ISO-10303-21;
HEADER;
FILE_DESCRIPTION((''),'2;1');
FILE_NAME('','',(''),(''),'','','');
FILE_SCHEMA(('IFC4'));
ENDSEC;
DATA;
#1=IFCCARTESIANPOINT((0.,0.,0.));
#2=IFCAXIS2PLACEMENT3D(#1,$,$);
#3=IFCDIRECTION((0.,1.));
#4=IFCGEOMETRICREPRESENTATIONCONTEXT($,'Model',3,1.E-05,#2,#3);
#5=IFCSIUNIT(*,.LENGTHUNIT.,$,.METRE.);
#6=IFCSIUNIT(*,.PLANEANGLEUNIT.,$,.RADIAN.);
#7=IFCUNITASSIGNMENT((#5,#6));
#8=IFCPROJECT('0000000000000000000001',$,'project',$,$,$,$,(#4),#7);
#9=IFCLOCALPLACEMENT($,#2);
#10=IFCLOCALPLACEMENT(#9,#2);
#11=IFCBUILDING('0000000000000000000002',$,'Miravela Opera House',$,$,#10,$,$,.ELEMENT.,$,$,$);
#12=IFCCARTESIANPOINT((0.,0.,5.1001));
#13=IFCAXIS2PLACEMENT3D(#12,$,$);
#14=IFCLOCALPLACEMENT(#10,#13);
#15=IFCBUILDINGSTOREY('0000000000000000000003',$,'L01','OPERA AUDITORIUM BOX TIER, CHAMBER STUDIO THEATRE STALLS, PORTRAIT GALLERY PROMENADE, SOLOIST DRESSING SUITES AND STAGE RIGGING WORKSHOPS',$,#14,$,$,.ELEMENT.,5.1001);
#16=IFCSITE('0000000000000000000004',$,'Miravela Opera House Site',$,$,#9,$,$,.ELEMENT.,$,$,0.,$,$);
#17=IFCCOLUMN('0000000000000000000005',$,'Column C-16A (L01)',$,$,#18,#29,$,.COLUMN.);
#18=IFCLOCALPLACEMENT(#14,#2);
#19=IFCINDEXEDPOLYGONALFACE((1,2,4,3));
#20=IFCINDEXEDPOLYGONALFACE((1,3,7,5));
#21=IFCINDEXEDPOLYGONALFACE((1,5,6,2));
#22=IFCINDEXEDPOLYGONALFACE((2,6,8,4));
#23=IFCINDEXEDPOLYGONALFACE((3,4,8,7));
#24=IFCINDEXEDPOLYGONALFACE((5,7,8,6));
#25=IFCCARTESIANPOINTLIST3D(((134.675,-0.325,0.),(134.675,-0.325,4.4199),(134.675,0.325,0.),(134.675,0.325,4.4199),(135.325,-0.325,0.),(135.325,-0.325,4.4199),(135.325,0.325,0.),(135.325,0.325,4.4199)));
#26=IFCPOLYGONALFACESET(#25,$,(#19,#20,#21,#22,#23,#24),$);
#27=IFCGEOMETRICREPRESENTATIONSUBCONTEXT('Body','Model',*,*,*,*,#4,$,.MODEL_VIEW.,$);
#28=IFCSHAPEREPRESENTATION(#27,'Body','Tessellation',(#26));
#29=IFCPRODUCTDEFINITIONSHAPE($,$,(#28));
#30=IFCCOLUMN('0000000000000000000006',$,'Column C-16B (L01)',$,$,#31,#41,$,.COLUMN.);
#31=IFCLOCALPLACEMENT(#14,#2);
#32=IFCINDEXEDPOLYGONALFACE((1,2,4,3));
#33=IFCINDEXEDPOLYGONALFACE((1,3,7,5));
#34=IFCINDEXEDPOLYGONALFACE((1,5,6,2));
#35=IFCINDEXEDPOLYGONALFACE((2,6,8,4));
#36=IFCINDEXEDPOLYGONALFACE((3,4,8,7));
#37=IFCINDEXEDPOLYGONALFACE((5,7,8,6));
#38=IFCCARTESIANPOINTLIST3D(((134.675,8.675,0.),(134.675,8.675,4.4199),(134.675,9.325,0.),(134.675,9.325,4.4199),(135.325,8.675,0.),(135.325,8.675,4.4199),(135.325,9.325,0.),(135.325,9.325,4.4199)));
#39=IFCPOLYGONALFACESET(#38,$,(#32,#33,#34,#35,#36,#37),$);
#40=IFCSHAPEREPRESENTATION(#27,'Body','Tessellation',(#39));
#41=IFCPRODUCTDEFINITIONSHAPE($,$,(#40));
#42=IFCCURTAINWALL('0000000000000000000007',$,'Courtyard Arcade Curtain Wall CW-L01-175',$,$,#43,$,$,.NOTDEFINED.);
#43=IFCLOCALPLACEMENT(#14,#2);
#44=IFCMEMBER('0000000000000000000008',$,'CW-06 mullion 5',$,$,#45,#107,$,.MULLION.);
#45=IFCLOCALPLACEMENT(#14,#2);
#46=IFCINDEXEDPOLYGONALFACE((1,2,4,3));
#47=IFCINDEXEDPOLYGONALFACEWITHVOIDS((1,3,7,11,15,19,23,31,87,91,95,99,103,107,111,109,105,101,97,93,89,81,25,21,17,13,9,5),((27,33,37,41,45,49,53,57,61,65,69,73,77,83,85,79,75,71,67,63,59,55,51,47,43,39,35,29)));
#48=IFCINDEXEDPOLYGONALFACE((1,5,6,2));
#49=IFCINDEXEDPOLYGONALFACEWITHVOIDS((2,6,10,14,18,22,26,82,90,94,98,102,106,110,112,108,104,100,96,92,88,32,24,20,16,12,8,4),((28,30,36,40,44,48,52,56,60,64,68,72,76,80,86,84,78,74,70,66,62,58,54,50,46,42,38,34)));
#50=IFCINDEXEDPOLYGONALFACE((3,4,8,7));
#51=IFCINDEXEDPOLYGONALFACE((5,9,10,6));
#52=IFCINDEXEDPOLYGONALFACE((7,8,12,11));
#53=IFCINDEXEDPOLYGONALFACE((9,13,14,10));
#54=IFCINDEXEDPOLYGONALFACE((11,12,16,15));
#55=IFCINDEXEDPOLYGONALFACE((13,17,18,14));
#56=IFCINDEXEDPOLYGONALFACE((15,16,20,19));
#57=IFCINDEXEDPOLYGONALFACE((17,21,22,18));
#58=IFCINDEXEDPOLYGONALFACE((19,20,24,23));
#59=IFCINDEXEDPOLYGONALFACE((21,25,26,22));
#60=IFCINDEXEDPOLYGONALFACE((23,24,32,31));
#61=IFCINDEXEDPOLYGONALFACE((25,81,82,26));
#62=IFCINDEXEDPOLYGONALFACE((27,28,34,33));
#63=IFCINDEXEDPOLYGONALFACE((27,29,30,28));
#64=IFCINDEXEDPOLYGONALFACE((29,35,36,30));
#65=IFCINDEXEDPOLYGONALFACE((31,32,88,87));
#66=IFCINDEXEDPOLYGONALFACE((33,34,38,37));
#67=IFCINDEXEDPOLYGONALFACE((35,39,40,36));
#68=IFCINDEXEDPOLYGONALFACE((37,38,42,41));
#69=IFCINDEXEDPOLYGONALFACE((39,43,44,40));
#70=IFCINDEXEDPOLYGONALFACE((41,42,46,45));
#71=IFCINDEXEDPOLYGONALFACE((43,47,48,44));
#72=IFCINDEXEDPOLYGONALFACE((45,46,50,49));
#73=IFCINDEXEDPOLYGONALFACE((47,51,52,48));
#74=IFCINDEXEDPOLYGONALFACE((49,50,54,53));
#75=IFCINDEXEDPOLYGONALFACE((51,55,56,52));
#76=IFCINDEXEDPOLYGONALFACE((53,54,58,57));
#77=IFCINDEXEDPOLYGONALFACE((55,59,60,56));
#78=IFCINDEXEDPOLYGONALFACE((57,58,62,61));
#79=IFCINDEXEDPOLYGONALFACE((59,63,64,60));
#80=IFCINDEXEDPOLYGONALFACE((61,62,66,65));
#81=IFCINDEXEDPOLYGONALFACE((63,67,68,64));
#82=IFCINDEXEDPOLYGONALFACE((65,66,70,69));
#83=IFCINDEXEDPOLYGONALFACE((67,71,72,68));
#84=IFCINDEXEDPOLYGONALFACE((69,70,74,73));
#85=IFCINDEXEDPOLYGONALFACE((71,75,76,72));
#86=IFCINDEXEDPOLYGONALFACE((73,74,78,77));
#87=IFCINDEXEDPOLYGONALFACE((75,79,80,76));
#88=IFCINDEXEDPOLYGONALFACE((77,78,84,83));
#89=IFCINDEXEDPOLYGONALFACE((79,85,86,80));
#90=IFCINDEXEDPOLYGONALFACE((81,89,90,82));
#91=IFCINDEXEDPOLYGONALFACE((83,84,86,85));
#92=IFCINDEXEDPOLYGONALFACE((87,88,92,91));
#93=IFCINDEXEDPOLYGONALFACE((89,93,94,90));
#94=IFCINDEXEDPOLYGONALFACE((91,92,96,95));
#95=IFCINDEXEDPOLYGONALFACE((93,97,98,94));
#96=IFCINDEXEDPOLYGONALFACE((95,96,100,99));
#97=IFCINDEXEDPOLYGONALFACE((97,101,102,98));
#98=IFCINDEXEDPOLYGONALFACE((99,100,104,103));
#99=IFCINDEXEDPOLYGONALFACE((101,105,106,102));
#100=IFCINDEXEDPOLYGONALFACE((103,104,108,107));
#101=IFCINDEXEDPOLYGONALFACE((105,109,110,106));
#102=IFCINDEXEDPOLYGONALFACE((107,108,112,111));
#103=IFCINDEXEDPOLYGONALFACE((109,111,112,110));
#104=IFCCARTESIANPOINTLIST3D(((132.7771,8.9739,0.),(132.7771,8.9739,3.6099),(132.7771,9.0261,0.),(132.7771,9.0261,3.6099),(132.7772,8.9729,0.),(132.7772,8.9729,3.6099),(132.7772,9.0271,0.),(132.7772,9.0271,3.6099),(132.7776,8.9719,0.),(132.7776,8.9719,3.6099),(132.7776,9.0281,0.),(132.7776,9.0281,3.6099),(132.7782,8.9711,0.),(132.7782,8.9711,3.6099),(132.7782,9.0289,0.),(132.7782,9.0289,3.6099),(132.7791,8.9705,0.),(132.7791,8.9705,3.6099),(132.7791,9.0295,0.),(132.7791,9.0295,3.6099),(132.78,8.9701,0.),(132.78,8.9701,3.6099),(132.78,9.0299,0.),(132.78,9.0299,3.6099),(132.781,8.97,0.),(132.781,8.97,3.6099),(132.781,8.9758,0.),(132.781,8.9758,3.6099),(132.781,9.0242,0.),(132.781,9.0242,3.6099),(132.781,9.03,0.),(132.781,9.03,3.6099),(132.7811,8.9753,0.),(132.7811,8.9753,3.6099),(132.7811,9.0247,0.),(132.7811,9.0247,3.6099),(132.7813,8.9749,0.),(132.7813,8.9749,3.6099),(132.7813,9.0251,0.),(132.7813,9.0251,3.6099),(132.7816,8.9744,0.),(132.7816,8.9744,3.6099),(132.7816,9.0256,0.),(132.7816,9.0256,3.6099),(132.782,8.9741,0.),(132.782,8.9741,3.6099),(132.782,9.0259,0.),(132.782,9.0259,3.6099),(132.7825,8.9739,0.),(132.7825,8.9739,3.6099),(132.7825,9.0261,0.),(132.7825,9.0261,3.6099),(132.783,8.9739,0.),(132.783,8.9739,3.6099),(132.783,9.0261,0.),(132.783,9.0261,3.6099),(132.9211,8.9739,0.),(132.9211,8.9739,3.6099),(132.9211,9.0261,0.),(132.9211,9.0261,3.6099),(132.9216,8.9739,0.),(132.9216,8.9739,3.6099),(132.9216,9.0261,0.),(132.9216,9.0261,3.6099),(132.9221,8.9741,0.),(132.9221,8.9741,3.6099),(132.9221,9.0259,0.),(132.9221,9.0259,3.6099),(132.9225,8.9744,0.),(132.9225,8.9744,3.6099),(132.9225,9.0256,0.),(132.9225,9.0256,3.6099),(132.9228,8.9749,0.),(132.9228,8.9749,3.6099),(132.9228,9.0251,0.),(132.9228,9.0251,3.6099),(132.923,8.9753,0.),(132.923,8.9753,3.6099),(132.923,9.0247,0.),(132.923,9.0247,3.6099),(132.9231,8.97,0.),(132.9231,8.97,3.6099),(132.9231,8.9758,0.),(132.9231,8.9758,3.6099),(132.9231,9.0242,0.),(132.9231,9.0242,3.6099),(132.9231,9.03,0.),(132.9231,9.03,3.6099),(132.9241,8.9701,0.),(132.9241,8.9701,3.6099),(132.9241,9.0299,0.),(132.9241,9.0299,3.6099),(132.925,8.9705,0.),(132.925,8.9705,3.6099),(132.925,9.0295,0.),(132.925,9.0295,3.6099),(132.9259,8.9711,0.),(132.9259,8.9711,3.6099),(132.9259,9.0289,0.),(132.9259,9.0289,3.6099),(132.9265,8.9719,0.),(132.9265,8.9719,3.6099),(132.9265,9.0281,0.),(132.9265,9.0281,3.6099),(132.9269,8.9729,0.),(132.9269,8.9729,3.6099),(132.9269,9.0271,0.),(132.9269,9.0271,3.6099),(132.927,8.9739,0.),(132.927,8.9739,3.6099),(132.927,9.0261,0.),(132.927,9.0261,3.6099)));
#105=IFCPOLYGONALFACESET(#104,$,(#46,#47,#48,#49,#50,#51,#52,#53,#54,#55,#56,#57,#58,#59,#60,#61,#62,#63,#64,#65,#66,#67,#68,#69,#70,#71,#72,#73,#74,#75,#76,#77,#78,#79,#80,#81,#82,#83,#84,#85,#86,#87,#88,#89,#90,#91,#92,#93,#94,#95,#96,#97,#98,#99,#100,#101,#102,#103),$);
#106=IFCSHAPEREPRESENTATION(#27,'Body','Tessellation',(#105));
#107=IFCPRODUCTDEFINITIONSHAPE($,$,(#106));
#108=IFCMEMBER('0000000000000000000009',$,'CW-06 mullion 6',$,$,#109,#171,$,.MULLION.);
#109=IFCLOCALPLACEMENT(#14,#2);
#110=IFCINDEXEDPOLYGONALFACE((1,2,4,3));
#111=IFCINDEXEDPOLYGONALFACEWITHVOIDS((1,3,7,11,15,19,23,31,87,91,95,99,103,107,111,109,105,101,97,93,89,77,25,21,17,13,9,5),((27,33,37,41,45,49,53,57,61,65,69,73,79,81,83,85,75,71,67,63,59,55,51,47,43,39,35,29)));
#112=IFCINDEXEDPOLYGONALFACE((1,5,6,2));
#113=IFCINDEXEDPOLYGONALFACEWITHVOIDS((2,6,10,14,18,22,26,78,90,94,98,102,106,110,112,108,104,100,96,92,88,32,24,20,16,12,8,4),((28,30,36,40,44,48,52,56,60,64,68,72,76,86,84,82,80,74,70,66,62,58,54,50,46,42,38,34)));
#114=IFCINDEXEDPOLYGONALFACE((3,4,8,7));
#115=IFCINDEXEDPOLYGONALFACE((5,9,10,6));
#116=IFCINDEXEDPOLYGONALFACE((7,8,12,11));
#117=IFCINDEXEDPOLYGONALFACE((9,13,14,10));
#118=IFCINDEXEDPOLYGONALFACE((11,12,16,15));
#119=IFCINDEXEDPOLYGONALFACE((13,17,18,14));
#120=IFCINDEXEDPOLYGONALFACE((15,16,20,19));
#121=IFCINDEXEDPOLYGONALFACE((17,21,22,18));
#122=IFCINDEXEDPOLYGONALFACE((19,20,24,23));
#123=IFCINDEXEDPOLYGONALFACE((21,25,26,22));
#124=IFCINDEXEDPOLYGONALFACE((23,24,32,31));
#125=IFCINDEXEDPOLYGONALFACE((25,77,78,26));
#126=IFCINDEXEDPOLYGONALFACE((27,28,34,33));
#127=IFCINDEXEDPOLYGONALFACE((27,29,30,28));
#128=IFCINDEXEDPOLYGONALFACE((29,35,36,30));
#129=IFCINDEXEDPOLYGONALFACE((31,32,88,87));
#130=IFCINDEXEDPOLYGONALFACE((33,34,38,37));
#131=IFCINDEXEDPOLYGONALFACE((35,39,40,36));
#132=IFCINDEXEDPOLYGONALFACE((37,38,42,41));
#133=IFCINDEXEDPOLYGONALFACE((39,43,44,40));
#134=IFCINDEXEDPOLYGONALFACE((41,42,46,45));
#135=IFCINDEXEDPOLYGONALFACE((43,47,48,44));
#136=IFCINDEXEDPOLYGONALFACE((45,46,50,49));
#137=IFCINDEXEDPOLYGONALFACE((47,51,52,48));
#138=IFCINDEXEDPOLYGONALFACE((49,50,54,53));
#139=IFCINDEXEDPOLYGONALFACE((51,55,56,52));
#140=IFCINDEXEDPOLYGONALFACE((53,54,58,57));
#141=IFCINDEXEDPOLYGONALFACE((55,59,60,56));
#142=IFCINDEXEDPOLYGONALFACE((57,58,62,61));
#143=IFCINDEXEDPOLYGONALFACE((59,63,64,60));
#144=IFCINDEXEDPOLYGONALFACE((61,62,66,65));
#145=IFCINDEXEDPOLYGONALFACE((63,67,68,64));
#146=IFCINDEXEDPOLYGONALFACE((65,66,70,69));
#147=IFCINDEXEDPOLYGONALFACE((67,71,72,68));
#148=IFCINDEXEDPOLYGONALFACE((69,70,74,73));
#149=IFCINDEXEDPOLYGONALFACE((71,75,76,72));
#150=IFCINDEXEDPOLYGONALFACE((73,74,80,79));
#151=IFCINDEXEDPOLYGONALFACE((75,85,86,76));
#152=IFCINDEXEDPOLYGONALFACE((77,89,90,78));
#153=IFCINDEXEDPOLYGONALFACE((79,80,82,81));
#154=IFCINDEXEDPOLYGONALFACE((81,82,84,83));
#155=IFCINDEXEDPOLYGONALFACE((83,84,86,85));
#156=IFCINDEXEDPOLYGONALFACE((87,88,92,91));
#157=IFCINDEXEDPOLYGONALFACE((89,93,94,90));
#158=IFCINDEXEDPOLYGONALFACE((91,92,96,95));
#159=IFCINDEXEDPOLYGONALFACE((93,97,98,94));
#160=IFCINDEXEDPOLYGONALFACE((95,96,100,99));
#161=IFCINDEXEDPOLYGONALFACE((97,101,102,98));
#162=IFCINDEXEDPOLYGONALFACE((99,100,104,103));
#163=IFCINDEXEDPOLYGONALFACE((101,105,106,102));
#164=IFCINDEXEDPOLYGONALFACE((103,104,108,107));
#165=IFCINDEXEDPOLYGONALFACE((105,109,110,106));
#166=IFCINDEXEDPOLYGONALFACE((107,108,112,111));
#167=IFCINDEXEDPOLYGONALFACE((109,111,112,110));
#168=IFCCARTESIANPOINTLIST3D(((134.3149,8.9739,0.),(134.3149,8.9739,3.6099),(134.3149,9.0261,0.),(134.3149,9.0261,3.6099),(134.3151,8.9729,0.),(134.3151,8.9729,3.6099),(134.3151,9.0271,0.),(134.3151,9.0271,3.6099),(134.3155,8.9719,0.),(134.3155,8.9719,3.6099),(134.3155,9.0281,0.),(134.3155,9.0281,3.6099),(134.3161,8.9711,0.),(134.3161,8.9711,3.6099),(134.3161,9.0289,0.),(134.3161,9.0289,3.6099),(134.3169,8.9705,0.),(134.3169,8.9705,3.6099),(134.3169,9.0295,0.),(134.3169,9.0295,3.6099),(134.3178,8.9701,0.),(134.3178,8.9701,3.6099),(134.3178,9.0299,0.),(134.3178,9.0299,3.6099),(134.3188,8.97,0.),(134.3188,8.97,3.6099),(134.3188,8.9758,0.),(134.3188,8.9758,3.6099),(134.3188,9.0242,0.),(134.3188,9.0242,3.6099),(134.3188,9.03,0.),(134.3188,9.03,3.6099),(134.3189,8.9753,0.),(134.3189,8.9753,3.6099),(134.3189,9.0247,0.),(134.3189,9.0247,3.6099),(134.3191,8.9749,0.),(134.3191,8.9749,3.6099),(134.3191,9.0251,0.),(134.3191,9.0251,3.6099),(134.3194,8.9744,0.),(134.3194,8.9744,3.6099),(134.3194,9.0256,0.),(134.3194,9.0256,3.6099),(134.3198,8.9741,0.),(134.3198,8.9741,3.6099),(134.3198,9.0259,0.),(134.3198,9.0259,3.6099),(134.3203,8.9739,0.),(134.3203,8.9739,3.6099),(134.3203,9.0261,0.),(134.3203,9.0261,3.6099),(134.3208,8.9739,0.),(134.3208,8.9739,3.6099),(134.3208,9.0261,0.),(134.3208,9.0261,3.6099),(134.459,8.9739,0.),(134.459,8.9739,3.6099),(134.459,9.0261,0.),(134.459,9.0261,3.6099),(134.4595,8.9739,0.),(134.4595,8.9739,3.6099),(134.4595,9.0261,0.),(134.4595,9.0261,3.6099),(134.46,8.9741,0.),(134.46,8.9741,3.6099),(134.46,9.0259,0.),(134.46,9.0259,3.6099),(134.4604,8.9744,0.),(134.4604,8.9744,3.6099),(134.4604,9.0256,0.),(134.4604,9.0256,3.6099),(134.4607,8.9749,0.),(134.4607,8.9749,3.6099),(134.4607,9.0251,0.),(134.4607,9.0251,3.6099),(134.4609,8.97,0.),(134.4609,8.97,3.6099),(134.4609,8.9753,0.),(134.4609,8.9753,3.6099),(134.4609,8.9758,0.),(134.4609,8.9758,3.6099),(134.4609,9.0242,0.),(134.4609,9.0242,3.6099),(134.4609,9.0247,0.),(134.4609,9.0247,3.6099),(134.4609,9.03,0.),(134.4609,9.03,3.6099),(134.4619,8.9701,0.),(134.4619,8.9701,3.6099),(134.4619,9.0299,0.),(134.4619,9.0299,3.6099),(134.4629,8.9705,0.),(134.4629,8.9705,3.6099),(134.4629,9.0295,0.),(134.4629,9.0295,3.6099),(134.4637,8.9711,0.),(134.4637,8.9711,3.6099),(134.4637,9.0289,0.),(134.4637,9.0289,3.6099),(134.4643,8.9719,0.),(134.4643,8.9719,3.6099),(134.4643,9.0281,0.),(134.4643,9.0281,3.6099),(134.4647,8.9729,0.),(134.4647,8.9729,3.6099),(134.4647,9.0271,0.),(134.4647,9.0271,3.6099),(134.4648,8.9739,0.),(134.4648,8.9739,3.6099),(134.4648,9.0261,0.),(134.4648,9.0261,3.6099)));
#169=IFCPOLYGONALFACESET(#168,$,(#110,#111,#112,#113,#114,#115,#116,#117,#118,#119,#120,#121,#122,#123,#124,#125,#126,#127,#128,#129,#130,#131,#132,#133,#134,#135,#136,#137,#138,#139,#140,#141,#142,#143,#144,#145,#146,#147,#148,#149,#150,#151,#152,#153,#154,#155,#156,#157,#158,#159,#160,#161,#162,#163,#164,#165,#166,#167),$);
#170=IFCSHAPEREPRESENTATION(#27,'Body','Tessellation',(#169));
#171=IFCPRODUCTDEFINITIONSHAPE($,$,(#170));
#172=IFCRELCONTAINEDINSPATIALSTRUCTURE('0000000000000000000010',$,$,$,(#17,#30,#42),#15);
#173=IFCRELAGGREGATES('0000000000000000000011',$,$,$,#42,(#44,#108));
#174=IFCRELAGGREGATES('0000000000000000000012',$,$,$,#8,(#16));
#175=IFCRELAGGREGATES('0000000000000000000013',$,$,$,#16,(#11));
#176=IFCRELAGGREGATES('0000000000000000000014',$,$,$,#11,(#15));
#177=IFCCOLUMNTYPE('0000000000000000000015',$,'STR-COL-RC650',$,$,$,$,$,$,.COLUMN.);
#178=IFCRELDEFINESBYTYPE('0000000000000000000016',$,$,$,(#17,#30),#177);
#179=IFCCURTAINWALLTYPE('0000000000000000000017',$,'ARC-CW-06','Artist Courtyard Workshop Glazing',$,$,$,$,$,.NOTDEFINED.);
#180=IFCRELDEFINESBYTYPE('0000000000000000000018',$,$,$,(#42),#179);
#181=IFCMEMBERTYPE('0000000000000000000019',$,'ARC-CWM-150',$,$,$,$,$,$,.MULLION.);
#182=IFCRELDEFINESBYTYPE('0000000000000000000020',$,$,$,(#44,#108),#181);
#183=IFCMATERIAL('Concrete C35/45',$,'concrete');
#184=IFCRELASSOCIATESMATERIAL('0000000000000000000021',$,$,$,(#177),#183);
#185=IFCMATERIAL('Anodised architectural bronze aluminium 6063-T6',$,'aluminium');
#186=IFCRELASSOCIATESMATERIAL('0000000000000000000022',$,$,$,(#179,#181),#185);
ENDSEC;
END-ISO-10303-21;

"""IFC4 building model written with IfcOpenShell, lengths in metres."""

from ifc_helpers import new_model, si_unit, direction, frame, origin, origin_2d, place, context, subcontext, project, spatial, rectangle, hollow_rectangle, extrude, material, material_profile, profile_set, type_object, element, aggregate, save


model = new_model("IFC4")

# Units and contexts
model_context = context("Model", 3, precision=1e-05, world=origin(), true_north=direction((0.0, 1.0)))
body_context = subcontext(model_context, "Body", "Model", "MODEL_VIEW")
ifc_project = project(units=[si_unit("LENGTHUNIT", "METRE"), si_unit("PLANEANGLEUNIT", "RADIAN")], contexts=[model_context])

# Site, building, storey
site_placement = place(None, origin())
site = spatial("IfcSite", under=ifc_project, at=site_placement, Name="Miravela Opera House Site", CompositionType="ELEMENT", RefElevation=0.0)
building_placement = place(site_placement, origin())
building = spatial("IfcBuilding", under=site, at=building_placement, Name="Miravela Opera House", CompositionType="ELEMENT")
storey_placement = place(building_placement, frame((0.0, 0.0, 5.1001)))
storey = spatial("IfcBuildingStorey", under=building, at=storey_placement, Name="L01", Description="OPERA AUDITORIUM BOX TIER, CHAMBER STUDIO THEATRE STALLS, PORTRAIT GALLERY PROMENADE, SOLOIST DRESSING SUITES AND STAGE RIGGING WORKSHOPS", CompositionType="ELEMENT", Elevation=5.1001)

# Columns
ifc_material_1 = material(Name="Concrete C35/45", Category="concrete")
ifc_material_profile_1 = material_profile(ifc_material_1, rectangle(XDim=0.6499, YDim=0.6499, at=origin_2d()), Name="RC-COL-650X650")
ifc_profile_set_1 = profile_set([ifc_material_profile_1])
column_type = type_object("IfcColumnType", Name="STR-COL-RC650", PredefinedType="COLUMN", material=ifc_profile_set_1)
for number, where, z_axis, x_axis, name in (
    (1, (135.0, 0.0, 0.0), (0.0, 0.0, 1.0), (1.0, 0.0, 0.0), "Column C-16A (L01)"),
    (2, (135.0, 9.0, 0.0), (0.0, 0.0, 1.0), (1.0, 0.0, 0.0), "Column C-16B (L01)"),
):
    element("IfcColumn", number, at=place(storey_placement, frame(where, z_axis=z_axis, x_axis=x_axis)), inside=storey, type_object=column_type, Name=name, PredefinedType="COLUMN", context=body_context, shape_type="SweptSolid", body=[
        extrude(rectangle(XDim=0.6499, YDim=0.6499, at=origin_2d()), origin(), (0.0, 0.0, 1.0), 4.4199),
    ])

# Curtain wall, members
ifc_material_2 = material(Name="Anodised architectural bronze aluminium 6063-T6", Category="aluminium")
curtain_wall_type = type_object("IfcCurtainWallType", Name="ARC-CW-06", Description="Artist Courtyard Workshop Glazing", PredefinedType="NOTDEFINED", material=ifc_material_2)
curtain_wall_1_placement = place(storey_placement, origin())
curtain_wall_1 = element("IfcCurtainWall", 3, at=curtain_wall_1_placement, inside=storey, type_object=curtain_wall_type, Name="Courtyard Arcade Curtain Wall CW-L01-175", PredefinedType="NOTDEFINED")
ifc_material_profile_2 = material_profile(ifc_material_2, hollow_rectangle(XDim=0.0601, YDim=0.1499, WallThickness=0.0039, InnerFilletRadius=0.002, OuterFilletRadius=0.0039, at=origin_2d()), Name="CWM-60X150")
ifc_profile_set_2 = profile_set([ifc_material_profile_2])
member_type_1 = type_object("IfcMemberType", Name="ARC-CWM-150", PredefinedType="MULLION", material=ifc_profile_set_2)
member_1_placement = place(storey_placement, frame((132.8521, 9.0, 0.0), z_axis=(0.0, 0.0, 1.0), x_axis=(0.0, 1.0, 0.0)))
member_1 = element("IfcMember", 4, at=member_1_placement, type_object=member_type_1, Name="CW-06 mullion 5", PredefinedType="MULLION", context=body_context, shape_type="SweptSolid", body=[
    extrude(hollow_rectangle(XDim=0.0601, YDim=0.1499, WallThickness=0.0039, InnerFilletRadius=0.002, OuterFilletRadius=0.0039, at=origin_2d()), origin(), (0.0, 0.0, 1.0), 3.6099),
])
member_2_placement = place(storey_placement, frame((134.3899, 9.0, 0.0), z_axis=(0.0, 0.0, 1.0), x_axis=(0.0, 1.0, 0.0)))
member_2 = element("IfcMember", 5, at=member_2_placement, type_object=member_type_1, Name="CW-06 mullion 6", PredefinedType="MULLION", context=body_context, shape_type="SweptSolid", body=[
    extrude(hollow_rectangle(XDim=0.0601, YDim=0.1499, WallThickness=0.0039, InnerFilletRadius=0.002, OuterFilletRadius=0.0039, at=origin_2d()), origin(), (0.0, 0.0, 1.0), 3.6099),
])

aggregate(curtain_wall_1, [member_1, member_2])

save(model, "model.ifc")
